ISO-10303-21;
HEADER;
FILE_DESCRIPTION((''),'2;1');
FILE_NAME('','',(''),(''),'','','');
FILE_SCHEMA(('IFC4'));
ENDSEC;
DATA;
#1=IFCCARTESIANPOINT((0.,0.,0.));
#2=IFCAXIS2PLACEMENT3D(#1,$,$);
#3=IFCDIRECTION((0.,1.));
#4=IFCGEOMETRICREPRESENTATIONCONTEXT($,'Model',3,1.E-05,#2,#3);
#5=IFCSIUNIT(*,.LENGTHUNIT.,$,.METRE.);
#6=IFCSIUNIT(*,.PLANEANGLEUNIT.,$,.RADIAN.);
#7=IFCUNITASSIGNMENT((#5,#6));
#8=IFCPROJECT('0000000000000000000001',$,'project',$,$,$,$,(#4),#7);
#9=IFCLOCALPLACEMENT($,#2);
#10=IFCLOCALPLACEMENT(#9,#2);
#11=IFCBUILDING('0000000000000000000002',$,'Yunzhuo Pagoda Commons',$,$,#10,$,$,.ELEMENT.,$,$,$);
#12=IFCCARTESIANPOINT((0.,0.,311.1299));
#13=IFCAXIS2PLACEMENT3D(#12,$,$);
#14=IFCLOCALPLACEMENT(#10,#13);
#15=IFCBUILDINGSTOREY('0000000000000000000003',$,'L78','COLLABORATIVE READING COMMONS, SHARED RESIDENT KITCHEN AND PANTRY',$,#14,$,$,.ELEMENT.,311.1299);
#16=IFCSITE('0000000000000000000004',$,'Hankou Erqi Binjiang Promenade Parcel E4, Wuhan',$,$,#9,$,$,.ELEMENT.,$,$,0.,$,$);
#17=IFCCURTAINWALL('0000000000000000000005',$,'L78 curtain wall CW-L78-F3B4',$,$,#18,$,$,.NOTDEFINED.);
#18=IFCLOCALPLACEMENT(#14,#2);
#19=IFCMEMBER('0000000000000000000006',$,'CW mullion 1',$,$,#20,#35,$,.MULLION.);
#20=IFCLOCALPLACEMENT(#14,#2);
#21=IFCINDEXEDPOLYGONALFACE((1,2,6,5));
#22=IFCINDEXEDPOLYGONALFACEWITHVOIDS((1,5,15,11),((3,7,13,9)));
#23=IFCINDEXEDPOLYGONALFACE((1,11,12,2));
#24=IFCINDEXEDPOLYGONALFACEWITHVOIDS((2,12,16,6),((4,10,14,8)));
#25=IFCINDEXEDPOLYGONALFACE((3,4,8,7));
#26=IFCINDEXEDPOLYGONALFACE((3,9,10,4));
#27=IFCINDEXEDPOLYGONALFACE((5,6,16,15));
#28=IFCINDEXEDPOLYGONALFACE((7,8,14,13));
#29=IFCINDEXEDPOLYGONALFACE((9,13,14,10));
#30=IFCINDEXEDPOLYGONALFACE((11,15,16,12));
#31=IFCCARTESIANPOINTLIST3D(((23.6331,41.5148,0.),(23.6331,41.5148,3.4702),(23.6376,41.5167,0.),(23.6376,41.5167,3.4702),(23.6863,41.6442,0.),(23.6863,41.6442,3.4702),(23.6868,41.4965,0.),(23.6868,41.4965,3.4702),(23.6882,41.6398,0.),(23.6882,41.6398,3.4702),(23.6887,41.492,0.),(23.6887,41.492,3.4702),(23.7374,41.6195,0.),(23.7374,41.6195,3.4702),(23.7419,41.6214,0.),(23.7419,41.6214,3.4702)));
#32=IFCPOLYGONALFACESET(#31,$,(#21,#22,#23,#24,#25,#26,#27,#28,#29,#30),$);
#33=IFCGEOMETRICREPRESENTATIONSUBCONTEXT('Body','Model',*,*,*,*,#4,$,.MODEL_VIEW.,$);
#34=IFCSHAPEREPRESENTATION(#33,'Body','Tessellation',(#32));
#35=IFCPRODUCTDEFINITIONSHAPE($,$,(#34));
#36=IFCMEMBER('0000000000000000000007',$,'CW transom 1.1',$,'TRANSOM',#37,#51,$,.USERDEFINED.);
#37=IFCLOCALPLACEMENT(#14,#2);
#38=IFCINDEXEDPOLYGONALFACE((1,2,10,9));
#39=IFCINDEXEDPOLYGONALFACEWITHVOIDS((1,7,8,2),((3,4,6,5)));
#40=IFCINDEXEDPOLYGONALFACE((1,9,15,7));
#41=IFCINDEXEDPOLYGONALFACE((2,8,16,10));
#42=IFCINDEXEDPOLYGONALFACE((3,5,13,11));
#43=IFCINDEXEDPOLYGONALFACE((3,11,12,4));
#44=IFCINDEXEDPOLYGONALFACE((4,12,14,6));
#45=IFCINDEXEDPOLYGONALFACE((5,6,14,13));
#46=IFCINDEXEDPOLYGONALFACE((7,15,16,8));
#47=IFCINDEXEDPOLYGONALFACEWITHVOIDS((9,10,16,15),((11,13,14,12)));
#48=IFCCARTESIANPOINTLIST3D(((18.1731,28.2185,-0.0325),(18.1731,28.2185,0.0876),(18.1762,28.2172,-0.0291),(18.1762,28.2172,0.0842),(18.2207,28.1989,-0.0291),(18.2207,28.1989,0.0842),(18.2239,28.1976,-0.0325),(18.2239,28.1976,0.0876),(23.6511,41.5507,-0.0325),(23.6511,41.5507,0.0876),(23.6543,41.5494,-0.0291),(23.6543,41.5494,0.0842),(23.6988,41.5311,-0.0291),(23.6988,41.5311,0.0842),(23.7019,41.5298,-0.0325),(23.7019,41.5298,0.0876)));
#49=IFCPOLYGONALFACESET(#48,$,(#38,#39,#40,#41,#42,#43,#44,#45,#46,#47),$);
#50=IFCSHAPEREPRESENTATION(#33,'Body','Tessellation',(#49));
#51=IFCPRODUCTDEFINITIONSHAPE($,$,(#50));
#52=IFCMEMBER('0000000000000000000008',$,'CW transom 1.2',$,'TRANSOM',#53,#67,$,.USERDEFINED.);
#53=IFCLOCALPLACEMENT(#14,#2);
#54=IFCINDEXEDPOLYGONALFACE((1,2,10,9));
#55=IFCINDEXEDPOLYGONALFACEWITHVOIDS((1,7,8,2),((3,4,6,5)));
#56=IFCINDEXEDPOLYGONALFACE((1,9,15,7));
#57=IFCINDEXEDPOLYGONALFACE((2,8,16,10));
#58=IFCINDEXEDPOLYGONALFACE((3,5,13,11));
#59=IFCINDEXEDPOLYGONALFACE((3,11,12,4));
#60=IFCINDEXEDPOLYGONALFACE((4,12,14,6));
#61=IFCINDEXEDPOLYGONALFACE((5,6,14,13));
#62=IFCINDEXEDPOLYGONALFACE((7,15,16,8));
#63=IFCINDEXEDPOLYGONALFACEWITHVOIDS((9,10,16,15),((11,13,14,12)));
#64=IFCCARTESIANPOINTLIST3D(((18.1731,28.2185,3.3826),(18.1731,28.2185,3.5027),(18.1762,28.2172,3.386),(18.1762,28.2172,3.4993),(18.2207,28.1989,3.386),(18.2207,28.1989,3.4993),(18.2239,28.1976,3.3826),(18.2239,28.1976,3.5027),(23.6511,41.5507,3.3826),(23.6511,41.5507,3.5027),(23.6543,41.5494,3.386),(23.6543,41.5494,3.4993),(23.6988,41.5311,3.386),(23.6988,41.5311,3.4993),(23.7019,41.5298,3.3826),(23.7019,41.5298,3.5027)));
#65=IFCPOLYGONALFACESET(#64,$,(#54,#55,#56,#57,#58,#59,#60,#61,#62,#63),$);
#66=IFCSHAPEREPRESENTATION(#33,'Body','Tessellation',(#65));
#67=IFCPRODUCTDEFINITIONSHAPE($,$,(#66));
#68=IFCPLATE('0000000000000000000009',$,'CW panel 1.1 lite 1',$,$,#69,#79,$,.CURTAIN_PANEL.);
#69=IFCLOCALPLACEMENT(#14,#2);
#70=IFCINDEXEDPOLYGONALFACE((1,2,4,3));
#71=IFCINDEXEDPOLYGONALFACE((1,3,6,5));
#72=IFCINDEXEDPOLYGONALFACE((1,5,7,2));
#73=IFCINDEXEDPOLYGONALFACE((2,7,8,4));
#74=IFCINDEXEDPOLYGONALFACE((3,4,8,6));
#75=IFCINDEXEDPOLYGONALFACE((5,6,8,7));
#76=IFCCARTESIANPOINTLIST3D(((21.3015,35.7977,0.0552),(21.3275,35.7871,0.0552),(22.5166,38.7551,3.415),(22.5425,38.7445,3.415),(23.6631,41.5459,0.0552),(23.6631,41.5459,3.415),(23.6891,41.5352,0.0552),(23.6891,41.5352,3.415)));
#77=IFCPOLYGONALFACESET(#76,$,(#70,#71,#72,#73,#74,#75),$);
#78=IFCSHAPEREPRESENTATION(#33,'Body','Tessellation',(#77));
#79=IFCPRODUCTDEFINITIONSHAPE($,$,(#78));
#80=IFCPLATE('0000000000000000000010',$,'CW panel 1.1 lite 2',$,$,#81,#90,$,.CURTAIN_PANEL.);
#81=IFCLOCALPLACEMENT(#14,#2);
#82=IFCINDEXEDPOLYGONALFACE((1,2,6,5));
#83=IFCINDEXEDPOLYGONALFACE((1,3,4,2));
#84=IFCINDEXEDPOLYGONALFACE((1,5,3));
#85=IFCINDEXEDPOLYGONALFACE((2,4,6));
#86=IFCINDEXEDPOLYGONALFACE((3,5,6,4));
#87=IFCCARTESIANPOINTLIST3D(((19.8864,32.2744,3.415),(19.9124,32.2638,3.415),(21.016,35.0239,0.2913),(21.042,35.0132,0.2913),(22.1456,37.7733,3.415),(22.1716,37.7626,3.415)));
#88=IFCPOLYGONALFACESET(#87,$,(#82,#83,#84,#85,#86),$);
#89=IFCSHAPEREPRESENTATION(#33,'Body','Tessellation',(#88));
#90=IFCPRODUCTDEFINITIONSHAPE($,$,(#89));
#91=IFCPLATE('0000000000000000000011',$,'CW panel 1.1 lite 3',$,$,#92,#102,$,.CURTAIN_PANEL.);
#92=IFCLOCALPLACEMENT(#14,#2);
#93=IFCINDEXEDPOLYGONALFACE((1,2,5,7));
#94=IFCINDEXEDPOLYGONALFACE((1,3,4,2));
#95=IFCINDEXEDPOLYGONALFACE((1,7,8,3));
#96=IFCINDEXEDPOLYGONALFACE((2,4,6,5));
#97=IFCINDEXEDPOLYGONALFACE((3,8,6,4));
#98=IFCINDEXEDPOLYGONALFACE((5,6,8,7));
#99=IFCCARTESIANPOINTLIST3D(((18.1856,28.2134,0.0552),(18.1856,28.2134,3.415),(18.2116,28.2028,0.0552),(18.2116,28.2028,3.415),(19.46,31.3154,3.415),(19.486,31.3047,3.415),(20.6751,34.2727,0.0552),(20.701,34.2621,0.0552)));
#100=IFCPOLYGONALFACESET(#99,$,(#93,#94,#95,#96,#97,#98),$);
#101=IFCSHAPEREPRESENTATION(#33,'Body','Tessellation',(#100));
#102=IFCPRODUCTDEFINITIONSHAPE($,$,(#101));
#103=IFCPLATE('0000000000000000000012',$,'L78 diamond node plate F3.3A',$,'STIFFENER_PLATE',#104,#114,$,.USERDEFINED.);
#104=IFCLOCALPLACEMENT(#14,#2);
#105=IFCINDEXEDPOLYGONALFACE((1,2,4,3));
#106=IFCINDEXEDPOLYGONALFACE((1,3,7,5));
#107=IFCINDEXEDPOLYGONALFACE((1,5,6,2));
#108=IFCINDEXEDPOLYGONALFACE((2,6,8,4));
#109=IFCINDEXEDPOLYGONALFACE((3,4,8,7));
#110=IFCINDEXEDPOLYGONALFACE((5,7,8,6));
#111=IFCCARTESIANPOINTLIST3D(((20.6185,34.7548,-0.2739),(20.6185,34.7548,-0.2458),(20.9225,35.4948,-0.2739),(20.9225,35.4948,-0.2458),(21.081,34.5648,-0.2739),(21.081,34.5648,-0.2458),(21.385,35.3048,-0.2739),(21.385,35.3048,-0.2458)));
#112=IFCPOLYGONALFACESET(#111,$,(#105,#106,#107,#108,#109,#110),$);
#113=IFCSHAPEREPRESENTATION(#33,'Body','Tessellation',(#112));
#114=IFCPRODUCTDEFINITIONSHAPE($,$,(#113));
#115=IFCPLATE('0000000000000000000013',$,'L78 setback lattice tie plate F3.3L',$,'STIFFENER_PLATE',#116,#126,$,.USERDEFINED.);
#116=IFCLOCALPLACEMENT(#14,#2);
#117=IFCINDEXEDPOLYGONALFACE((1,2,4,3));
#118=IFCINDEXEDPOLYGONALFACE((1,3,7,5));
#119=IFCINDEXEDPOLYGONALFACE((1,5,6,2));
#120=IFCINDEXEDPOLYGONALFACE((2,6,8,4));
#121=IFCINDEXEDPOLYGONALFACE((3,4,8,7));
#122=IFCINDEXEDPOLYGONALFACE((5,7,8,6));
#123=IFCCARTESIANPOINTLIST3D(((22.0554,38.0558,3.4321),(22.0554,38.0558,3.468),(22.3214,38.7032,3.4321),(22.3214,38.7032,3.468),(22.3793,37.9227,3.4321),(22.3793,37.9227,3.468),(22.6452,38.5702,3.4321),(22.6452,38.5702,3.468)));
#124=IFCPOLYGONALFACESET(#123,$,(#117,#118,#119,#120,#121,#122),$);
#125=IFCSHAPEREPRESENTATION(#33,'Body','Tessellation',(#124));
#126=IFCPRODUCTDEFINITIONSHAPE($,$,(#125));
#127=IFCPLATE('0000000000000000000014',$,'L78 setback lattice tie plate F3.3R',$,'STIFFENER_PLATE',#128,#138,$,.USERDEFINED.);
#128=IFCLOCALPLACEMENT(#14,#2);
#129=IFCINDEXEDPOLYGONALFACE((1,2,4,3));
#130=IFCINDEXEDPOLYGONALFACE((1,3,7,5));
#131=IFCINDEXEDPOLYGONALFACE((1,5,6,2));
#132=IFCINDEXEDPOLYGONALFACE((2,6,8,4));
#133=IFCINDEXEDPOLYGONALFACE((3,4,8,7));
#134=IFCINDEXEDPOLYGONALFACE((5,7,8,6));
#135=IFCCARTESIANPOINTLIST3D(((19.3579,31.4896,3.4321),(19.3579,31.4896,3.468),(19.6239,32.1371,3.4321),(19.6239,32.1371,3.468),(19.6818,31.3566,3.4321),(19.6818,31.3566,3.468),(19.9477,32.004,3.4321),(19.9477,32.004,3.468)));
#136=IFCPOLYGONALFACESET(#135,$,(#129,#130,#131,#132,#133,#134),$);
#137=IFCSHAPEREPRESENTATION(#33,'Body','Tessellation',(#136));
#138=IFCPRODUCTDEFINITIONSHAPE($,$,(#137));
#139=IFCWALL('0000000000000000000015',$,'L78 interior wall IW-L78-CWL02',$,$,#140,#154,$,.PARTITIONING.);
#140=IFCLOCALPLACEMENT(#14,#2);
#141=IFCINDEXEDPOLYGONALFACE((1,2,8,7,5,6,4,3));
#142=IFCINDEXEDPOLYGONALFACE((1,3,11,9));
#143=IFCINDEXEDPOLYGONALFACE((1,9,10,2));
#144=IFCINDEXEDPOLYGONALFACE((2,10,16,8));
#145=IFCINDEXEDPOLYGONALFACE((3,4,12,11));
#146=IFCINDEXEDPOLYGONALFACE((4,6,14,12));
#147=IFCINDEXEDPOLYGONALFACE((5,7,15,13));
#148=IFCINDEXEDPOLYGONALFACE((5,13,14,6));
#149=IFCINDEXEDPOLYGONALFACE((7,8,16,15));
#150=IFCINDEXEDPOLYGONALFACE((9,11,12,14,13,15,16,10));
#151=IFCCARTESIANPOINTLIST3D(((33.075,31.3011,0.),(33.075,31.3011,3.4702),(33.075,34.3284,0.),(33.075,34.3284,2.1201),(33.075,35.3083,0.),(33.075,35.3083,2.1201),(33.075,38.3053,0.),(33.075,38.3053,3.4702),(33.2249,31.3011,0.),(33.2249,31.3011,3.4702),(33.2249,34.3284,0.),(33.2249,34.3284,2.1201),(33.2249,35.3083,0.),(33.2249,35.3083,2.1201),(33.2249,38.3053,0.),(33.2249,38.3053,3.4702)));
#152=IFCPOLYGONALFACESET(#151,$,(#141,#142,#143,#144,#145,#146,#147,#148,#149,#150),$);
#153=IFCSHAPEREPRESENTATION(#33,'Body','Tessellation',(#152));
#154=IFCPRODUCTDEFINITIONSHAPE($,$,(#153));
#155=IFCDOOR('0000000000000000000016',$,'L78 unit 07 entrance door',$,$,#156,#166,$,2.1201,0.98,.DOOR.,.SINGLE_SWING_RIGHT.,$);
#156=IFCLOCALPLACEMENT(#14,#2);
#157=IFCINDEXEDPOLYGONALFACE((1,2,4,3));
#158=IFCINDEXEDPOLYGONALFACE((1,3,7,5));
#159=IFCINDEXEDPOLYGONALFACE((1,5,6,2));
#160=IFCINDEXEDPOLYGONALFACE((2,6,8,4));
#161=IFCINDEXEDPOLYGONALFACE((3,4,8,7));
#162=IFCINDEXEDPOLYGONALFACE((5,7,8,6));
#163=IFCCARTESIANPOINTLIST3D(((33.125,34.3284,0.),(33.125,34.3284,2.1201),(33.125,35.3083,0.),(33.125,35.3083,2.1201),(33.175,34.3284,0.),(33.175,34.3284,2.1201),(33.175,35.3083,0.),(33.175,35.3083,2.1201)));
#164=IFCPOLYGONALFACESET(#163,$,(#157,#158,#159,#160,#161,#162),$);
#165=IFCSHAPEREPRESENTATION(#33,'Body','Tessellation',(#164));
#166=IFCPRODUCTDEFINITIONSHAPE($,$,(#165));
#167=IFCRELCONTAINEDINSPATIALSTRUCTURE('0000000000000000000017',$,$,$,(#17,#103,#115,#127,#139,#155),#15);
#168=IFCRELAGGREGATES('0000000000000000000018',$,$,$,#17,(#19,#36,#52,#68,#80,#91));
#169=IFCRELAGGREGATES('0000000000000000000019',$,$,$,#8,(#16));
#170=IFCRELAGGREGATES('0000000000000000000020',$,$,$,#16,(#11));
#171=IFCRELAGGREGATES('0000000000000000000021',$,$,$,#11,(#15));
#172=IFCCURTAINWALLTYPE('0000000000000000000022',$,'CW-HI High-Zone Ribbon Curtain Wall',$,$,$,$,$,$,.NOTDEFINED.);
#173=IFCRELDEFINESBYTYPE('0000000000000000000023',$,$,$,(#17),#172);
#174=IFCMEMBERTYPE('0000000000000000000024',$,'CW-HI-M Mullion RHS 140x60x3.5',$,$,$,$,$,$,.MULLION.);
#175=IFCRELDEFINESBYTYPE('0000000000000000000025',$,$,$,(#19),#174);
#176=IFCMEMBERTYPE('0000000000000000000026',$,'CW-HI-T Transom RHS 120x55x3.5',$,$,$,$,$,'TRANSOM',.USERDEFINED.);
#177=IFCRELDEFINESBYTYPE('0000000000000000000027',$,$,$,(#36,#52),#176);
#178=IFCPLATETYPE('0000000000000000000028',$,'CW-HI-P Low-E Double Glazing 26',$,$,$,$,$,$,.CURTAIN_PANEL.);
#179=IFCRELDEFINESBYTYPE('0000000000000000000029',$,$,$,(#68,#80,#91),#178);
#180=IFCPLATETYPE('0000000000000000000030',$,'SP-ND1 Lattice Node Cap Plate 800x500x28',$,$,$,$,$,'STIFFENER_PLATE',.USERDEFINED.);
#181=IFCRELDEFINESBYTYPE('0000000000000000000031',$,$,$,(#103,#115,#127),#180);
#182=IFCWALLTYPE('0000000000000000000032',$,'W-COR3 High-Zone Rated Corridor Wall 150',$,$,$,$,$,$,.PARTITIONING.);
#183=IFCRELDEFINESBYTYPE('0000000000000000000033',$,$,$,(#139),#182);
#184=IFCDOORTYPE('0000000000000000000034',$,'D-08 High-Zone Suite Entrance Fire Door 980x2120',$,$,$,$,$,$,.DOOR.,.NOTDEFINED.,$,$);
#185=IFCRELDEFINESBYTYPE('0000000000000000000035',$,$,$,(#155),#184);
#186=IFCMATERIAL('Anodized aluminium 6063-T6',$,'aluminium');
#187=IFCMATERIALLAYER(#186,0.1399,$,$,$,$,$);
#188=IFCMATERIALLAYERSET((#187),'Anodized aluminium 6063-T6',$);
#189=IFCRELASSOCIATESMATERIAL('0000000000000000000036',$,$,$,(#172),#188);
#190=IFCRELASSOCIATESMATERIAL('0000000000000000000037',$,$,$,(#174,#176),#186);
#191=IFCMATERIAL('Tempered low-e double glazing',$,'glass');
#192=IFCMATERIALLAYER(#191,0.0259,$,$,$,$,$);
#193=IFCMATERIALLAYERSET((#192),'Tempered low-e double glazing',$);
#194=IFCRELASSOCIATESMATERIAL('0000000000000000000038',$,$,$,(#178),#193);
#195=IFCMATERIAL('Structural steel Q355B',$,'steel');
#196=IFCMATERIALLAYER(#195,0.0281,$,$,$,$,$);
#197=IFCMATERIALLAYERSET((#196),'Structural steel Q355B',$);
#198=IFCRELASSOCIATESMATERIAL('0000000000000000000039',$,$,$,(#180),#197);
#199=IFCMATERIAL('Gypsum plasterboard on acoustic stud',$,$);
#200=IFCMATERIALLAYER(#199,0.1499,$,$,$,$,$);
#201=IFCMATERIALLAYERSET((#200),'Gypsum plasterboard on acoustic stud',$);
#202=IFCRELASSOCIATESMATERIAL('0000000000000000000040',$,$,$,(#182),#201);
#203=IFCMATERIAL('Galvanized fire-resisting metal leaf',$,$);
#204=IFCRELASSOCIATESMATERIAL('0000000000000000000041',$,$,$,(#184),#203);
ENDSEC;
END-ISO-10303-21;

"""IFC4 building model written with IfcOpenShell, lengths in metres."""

from ifc_helpers import new_model, si_unit, direction, frame, frame_2d, origin, origin_with_axes, origin_2d, place, context, subcontext, project, spatial, polyline, rectangle, hollow_rectangle, outline, extrude, source, transform, mapped, material, layer, layer_set, material_profile, profile_set, type_object, element, fill, aggregate, save


model = new_model("IFC4")

# Units and contexts
model_context = context("Model", 3, precision=1e-05, world=origin(), true_north=direction((0.0, 1.0)))
body_context = subcontext(model_context, "Body", "Model", "MODEL_VIEW")
ifc_project = project(units=[si_unit("LENGTHUNIT", "METRE"), si_unit("PLANEANGLEUNIT", "RADIAN")], contexts=[model_context])

# Site, building, storey
site_placement = place(None, origin())
site = spatial("IfcSite", under=ifc_project, at=site_placement, Name="Hankou Erqi Binjiang Promenade Parcel E4, Wuhan", CompositionType="ELEMENT", RefElevation=0.0)
building_placement = place(site_placement, origin())
building = spatial("IfcBuilding", under=site, at=building_placement, Name="Yunzhuo Pagoda Commons", CompositionType="ELEMENT")
storey_placement = place(building_placement, frame((0.0, 0.0, 311.1299)))
storey = spatial("IfcBuildingStorey", under=building, at=storey_placement, Name="L78", Description="COLLABORATIVE READING COMMONS, SHARED RESIDENT KITCHEN AND PANTRY", CompositionType="ELEMENT", Elevation=311.1299)

# Shared definitions
ifc_material_1 = material(Name="Structural steel Q355B", Category="steel")

# Curtain wall, members, plates
ifc_material_2 = material(Name="Anodized aluminium 6063-T6", Category="aluminium")
ifc_layer_1 = layer(ifc_material_2, 0.1399)
ifc_layer_set_1 = layer_set([ifc_layer_1], Name="Anodized aluminium 6063-T6")
curtain_wall_type = type_object("IfcCurtainWallType", Name="CW-HI High-Zone Ribbon Curtain Wall", PredefinedType="NOTDEFINED", material=ifc_layer_set_1)
curtain_wall_placement = place(storey_placement, origin())
curtain_wall = element("IfcCurtainWall", 1, at=curtain_wall_placement, inside=storey, type_object=curtain_wall_type, Name="L78 curtain wall CW-L78-F3B4", PredefinedType="NOTDEFINED")
ifc_material_profile_1 = material_profile(ifc_material_2, hollow_rectangle(XDim=0.0601, YDim=0.1399, WallThickness=0.0034, at=origin_2d()), Name="Anodized aluminium 6063-T6")
ifc_profile_set_1 = profile_set([ifc_material_profile_1], Name="Anodized aluminium 6063-T6")
member_type_1 = type_object("IfcMemberType", Name="CW-HI-M Mullion RHS 140x60x3.5", PredefinedType="MULLION", material=ifc_profile_set_1)
shared_shape_1 = source(origin(), body_context, "Body", "SweptSolid", [
    extrude(hollow_rectangle(XDim=0.0601, YDim=0.1399, WallThickness=0.0034, at=origin_2d()), origin(), (0.0, 0.0, 1.0), 3.4702),
])
member_1_placement = place(storey_placement, frame((23.6875, 41.5681, 0.0), z_axis=(0.0, 0.0, 1.0), x_axis=(0.924975, -0.380027, 0.0)))
member_1 = element("IfcMember", 2, at=member_1_placement, type_object=member_type_1, Name="CW mullion 1", PredefinedType="MULLION", context=body_context, shape_type="MappedRepresentation", body=[
    mapped(shared_shape_1, transform((0.0, 0.0, 0.0), scale=1.0)),
])
ifc_material_profile_2 = material_profile(ifc_material_2, hollow_rectangle(XDim=0.0549, YDim=0.1201, WallThickness=0.0034, at=origin_2d()), Name="Anodized aluminium 6063-T6")
ifc_profile_set_2 = profile_set([ifc_material_profile_2], Name="Anodized aluminium 6063-T6")
member_type_2 = type_object("IfcMemberType", Name="CW-HI-T Transom RHS 120x55x3.5", ElementType="TRANSOM", PredefinedType="USERDEFINED", material=ifc_profile_set_2)
shared_shape_2 = source(origin(), body_context, "Body", "SweptSolid", [
    extrude(hollow_rectangle(XDim=0.0549, YDim=0.1201, WallThickness=0.0034, at=origin_2d()), origin(), (0.0, 0.0, 1.0), 14.4138),
])
member_2_placement = place(storey_placement, frame((23.6765, 41.5403, 0.0276), z_axis=(-0.380054, -0.924964, 0.0), x_axis=(0.924964, -0.380054, 0.0)))
member_2 = element("IfcMember", 3, at=member_2_placement, type_object=member_type_2, Name="CW transom 1.1", ObjectType="TRANSOM", PredefinedType="USERDEFINED", context=body_context, shape_type="MappedRepresentation", body=[
    mapped(shared_shape_2, transform((0.0, 0.0, 0.0), scale=1.0)),
])
member_3_placement = place(storey_placement, frame((23.6765, 41.5403, 3.4426), z_axis=(-0.380054, -0.924964, 0.0), x_axis=(0.924964, -0.380054, 0.0)))
member_3 = element("IfcMember", 4, at=member_3_placement, type_object=member_type_2, Name="CW transom 1.2", ObjectType="TRANSOM", PredefinedType="USERDEFINED", context=body_context, shape_type="MappedRepresentation", body=[
    mapped(shared_shape_2, transform((0.0, 0.0, 0.0), scale=1.0)),
])
ifc_material_3 = material(Name="Tempered low-e double glazing", Category="glass")
ifc_layer_2 = layer(ifc_material_3, 0.0259)
ifc_layer_set_2 = layer_set([ifc_layer_2], Name="Tempered low-e double glazing")
plate_type_1 = type_object("IfcPlateType", Name="CW-HI-P Low-E Double Glazing 26", PredefinedType="CURTAIN_PANEL", material=ifc_layer_set_2)
plate_1_placement = place(storey_placement, frame((22.5083, 38.6611, 1.7351), z_axis=(-0.924975, 0.380027, 0.0), x_axis=(-0.380027, -0.924975, 0.0)))
plate_1 = element("IfcPlate", 5, at=plate_1_placement, type_object=plate_type_1, Name="CW panel 1.1 lite 1", PredefinedType="CURTAIN_PANEL", context=body_context, shape_type="SweptSolid", body=[
    extrude(outline(polyline([(-3.1072, -1.6799), (3.1072, -1.6799), (-0.0901, 1.6799), (-3.1072, 1.6799), (-3.1072, -1.6799)])), origin(), (0.0, 0.0, 1.0), 0.0281),
])
plate_2_placement = place(storey_placement, frame((21.042, 35.0132, 1.8533), z_axis=(-0.924975, 0.380027, 0.0), x_axis=(-0.380027, -0.924975, 0.0)))
plate_2 = element("IfcPlate", 6, at=plate_2_placement, type_object=plate_type_1, Name="CW panel 1.1 lite 2", PredefinedType="CURTAIN_PANEL", context=body_context, shape_type="SweptSolid", body=[
    extrude(outline(polyline([(-2.9724, 1.5618), (0.0, -1.562), (2.9724, 1.5618), (-2.9724, 1.5618)])), origin(), (0.0, 0.0, 1.0), 0.0281),
])
plate_3_placement = place(storey_placement, frame((19.4563, 31.2324, 1.7351), z_axis=(-0.924975, 0.380027, 0.0), x_axis=(-0.380027, -0.924975, 0.0)))
plate_3 = element("IfcPlate", 7, at=plate_3_placement, type_object=plate_type_1, Name="CW panel 1.1 lite 3", PredefinedType="CURTAIN_PANEL", context=body_context, shape_type="SweptSolid", body=[
    extrude(outline(polyline([(-3.2754, -1.6799), (3.2754, -1.6799), (3.2754, 1.6799), (-0.0781, 1.6799), (-3.2754, -1.6799)])), origin(), (0.0, 0.0, 1.0), 0.0281),
])
aggregate(curtain_wall, [member_1, member_2, member_3, plate_1, plate_2, plate_3])

# Plates
ifc_layer_3 = layer(ifc_material_1, 0.0281)
ifc_layer_set_3 = layer_set([ifc_layer_3], Name="Structural steel Q355B")
plate_type_2 = type_object("IfcPlateType", Name="SP-ND1 Lattice Node Cap Plate 800x500x28", ElementType="STIFFENER_PLATE", PredefinedType="USERDEFINED", material=ifc_layer_set_3)
shared_shape_3 = source(origin(), body_context, "Body", "SweptSolid", [
    extrude(rectangle(XDim=0.8, YDim=0.5, at=origin_2d()), origin(), (0.0, 0.0, 1.0), 0.0281),
])
plate_4_placement = place(storey_placement, frame((21.0017, 35.0298, -0.2739), z_axis=(0.0, 0.0, 1.0), x_axis=(-0.379989, -0.924991, 0.0)))
element("IfcPlate", 8, at=plate_4_placement, inside=storey, type_object=plate_type_2, Name="L78 diamond node plate F3.3A", ObjectType="STIFFENER_PLATE", PredefinedType="USERDEFINED", context=body_context, shape_type="MappedRepresentation", body=[
    mapped(shared_shape_3, transform((0.0, 0.0, 0.0), scale=1.0)),
])
shared_shape_4 = source(origin(), body_context, "Body", "SweptSolid", [
    extrude(rectangle(XDim=0.7, YDim=0.3501, at=origin_2d()), origin(), (0.0, 0.0, 1.0), 0.0359),
])
for number, where, z_axis, x_axis, name in (
    (9, (22.3503, 38.313, 3.4321), (0.0, 0.0, 1.0), (-0.379989, -0.924991, 0.0), "L78 setback lattice tie plate F3.3L"),
    (10, (19.6528, 31.7468, 3.4321), (0.0, 0.0, 1.0), (-0.379989, -0.924991, 0.0), "L78 setback lattice tie plate F3.3R"),
):
    element("IfcPlate", number, at=place(storey_placement, frame(where, z_axis=z_axis, x_axis=x_axis)), inside=storey, type_object=plate_type_2, Name=name, ObjectType="STIFFENER_PLATE", PredefinedType="USERDEFINED", context=body_context, shape_type="MappedRepresentation", body=[
        mapped(shared_shape_4, transform((0.0, 0.0, 0.0), scale=1.0)),
    ])

# Wall, opening, door
ifc_material_4 = material(Name="Gypsum plasterboard on acoustic stud")
ifc_layer_4 = layer(ifc_material_4, 0.1499)
ifc_layer_set_4 = layer_set([ifc_layer_4], Name="Gypsum plasterboard on acoustic stud")
wall_type_1 = type_object("IfcWallType", Name="W-COR3 High-Zone Rated Corridor Wall 150", PredefinedType="PARTITIONING", material=ifc_layer_set_4)
wall_1_placement = place(storey_placement, frame((33.1499, 31.3013, 0.0), z_axis=(0.0, 0.0, 1.0), x_axis=(0.0, 1.0, 0.0)))
wall_1 = element("IfcWall", 11, at=wall_1_placement, inside=storey, type_object=wall_type_1, Name="L78 interior wall IW-L78-CWL02", PredefinedType="PARTITIONING", context=body_context, shape_type="SweptSolid", body=[
    extrude(rectangle(XDim=7.0042, YDim=0.1499, at=frame_2d((3.502, 0.0))), origin(), (0.0, 0.0, 1.0), 3.4702),
])
opening_1_placement = place(wall_1_placement, frame((3.0271, 0.0, 0.0)))
opening_1 = element("IfcOpeningElement", 12, at=opening_1_placement, cuts=wall_1, PredefinedType="OPENING", context=body_context, shape_type="SweptSolid", body=[
    extrude(rectangle(XDim=0.98, YDim=2.1201, at=frame_2d((0.49, 1.0601))), frame((0.0, 0.085, 0.0), z_axis=(0.0, -1.0, 0.0), x_axis=(1.0, 0.0, 0.0)), (0.0, 0.0, 1.0), 0.1699),
])
ifc_material_5 = material(Name="Galvanized fire-resisting metal leaf")
door_type = type_object("IfcDoorType", Name="D-08 High-Zone Suite Entrance Fire Door 980x2120", OperationType="NOTDEFINED", PredefinedType="DOOR", material=ifc_material_5)
shared_shape_5 = source(origin(), body_context, "Body", "SweptSolid", [
    extrude(rectangle(XDim=0.98, YDim=2.1201, at=frame_2d((0.49, 1.0601))), frame((0.0, 0.0249, 0.0), z_axis=(0.0, -1.0, 0.0), x_axis=(1.0, 0.0, 0.0)), (0.0, 0.0, 1.0), 0.05),
])
door_1_placement = place(opening_1_placement, origin_with_axes())
door_1 = element("IfcDoor", 13, at=door_1_placement, inside=storey, type_object=door_type, Name="L78 unit 07 entrance door", OperationType="SINGLE_SWING_RIGHT", OverallHeight=2.1201, OverallWidth=0.98, PredefinedType="DOOR", context=body_context, shape_type="MappedRepresentation", body=[
    mapped(shared_shape_5, transform((0.0, 0.0, 0.0), scale=1.0)),
])
fill(opening_1, door_1)

save(model, "model.ifc")
